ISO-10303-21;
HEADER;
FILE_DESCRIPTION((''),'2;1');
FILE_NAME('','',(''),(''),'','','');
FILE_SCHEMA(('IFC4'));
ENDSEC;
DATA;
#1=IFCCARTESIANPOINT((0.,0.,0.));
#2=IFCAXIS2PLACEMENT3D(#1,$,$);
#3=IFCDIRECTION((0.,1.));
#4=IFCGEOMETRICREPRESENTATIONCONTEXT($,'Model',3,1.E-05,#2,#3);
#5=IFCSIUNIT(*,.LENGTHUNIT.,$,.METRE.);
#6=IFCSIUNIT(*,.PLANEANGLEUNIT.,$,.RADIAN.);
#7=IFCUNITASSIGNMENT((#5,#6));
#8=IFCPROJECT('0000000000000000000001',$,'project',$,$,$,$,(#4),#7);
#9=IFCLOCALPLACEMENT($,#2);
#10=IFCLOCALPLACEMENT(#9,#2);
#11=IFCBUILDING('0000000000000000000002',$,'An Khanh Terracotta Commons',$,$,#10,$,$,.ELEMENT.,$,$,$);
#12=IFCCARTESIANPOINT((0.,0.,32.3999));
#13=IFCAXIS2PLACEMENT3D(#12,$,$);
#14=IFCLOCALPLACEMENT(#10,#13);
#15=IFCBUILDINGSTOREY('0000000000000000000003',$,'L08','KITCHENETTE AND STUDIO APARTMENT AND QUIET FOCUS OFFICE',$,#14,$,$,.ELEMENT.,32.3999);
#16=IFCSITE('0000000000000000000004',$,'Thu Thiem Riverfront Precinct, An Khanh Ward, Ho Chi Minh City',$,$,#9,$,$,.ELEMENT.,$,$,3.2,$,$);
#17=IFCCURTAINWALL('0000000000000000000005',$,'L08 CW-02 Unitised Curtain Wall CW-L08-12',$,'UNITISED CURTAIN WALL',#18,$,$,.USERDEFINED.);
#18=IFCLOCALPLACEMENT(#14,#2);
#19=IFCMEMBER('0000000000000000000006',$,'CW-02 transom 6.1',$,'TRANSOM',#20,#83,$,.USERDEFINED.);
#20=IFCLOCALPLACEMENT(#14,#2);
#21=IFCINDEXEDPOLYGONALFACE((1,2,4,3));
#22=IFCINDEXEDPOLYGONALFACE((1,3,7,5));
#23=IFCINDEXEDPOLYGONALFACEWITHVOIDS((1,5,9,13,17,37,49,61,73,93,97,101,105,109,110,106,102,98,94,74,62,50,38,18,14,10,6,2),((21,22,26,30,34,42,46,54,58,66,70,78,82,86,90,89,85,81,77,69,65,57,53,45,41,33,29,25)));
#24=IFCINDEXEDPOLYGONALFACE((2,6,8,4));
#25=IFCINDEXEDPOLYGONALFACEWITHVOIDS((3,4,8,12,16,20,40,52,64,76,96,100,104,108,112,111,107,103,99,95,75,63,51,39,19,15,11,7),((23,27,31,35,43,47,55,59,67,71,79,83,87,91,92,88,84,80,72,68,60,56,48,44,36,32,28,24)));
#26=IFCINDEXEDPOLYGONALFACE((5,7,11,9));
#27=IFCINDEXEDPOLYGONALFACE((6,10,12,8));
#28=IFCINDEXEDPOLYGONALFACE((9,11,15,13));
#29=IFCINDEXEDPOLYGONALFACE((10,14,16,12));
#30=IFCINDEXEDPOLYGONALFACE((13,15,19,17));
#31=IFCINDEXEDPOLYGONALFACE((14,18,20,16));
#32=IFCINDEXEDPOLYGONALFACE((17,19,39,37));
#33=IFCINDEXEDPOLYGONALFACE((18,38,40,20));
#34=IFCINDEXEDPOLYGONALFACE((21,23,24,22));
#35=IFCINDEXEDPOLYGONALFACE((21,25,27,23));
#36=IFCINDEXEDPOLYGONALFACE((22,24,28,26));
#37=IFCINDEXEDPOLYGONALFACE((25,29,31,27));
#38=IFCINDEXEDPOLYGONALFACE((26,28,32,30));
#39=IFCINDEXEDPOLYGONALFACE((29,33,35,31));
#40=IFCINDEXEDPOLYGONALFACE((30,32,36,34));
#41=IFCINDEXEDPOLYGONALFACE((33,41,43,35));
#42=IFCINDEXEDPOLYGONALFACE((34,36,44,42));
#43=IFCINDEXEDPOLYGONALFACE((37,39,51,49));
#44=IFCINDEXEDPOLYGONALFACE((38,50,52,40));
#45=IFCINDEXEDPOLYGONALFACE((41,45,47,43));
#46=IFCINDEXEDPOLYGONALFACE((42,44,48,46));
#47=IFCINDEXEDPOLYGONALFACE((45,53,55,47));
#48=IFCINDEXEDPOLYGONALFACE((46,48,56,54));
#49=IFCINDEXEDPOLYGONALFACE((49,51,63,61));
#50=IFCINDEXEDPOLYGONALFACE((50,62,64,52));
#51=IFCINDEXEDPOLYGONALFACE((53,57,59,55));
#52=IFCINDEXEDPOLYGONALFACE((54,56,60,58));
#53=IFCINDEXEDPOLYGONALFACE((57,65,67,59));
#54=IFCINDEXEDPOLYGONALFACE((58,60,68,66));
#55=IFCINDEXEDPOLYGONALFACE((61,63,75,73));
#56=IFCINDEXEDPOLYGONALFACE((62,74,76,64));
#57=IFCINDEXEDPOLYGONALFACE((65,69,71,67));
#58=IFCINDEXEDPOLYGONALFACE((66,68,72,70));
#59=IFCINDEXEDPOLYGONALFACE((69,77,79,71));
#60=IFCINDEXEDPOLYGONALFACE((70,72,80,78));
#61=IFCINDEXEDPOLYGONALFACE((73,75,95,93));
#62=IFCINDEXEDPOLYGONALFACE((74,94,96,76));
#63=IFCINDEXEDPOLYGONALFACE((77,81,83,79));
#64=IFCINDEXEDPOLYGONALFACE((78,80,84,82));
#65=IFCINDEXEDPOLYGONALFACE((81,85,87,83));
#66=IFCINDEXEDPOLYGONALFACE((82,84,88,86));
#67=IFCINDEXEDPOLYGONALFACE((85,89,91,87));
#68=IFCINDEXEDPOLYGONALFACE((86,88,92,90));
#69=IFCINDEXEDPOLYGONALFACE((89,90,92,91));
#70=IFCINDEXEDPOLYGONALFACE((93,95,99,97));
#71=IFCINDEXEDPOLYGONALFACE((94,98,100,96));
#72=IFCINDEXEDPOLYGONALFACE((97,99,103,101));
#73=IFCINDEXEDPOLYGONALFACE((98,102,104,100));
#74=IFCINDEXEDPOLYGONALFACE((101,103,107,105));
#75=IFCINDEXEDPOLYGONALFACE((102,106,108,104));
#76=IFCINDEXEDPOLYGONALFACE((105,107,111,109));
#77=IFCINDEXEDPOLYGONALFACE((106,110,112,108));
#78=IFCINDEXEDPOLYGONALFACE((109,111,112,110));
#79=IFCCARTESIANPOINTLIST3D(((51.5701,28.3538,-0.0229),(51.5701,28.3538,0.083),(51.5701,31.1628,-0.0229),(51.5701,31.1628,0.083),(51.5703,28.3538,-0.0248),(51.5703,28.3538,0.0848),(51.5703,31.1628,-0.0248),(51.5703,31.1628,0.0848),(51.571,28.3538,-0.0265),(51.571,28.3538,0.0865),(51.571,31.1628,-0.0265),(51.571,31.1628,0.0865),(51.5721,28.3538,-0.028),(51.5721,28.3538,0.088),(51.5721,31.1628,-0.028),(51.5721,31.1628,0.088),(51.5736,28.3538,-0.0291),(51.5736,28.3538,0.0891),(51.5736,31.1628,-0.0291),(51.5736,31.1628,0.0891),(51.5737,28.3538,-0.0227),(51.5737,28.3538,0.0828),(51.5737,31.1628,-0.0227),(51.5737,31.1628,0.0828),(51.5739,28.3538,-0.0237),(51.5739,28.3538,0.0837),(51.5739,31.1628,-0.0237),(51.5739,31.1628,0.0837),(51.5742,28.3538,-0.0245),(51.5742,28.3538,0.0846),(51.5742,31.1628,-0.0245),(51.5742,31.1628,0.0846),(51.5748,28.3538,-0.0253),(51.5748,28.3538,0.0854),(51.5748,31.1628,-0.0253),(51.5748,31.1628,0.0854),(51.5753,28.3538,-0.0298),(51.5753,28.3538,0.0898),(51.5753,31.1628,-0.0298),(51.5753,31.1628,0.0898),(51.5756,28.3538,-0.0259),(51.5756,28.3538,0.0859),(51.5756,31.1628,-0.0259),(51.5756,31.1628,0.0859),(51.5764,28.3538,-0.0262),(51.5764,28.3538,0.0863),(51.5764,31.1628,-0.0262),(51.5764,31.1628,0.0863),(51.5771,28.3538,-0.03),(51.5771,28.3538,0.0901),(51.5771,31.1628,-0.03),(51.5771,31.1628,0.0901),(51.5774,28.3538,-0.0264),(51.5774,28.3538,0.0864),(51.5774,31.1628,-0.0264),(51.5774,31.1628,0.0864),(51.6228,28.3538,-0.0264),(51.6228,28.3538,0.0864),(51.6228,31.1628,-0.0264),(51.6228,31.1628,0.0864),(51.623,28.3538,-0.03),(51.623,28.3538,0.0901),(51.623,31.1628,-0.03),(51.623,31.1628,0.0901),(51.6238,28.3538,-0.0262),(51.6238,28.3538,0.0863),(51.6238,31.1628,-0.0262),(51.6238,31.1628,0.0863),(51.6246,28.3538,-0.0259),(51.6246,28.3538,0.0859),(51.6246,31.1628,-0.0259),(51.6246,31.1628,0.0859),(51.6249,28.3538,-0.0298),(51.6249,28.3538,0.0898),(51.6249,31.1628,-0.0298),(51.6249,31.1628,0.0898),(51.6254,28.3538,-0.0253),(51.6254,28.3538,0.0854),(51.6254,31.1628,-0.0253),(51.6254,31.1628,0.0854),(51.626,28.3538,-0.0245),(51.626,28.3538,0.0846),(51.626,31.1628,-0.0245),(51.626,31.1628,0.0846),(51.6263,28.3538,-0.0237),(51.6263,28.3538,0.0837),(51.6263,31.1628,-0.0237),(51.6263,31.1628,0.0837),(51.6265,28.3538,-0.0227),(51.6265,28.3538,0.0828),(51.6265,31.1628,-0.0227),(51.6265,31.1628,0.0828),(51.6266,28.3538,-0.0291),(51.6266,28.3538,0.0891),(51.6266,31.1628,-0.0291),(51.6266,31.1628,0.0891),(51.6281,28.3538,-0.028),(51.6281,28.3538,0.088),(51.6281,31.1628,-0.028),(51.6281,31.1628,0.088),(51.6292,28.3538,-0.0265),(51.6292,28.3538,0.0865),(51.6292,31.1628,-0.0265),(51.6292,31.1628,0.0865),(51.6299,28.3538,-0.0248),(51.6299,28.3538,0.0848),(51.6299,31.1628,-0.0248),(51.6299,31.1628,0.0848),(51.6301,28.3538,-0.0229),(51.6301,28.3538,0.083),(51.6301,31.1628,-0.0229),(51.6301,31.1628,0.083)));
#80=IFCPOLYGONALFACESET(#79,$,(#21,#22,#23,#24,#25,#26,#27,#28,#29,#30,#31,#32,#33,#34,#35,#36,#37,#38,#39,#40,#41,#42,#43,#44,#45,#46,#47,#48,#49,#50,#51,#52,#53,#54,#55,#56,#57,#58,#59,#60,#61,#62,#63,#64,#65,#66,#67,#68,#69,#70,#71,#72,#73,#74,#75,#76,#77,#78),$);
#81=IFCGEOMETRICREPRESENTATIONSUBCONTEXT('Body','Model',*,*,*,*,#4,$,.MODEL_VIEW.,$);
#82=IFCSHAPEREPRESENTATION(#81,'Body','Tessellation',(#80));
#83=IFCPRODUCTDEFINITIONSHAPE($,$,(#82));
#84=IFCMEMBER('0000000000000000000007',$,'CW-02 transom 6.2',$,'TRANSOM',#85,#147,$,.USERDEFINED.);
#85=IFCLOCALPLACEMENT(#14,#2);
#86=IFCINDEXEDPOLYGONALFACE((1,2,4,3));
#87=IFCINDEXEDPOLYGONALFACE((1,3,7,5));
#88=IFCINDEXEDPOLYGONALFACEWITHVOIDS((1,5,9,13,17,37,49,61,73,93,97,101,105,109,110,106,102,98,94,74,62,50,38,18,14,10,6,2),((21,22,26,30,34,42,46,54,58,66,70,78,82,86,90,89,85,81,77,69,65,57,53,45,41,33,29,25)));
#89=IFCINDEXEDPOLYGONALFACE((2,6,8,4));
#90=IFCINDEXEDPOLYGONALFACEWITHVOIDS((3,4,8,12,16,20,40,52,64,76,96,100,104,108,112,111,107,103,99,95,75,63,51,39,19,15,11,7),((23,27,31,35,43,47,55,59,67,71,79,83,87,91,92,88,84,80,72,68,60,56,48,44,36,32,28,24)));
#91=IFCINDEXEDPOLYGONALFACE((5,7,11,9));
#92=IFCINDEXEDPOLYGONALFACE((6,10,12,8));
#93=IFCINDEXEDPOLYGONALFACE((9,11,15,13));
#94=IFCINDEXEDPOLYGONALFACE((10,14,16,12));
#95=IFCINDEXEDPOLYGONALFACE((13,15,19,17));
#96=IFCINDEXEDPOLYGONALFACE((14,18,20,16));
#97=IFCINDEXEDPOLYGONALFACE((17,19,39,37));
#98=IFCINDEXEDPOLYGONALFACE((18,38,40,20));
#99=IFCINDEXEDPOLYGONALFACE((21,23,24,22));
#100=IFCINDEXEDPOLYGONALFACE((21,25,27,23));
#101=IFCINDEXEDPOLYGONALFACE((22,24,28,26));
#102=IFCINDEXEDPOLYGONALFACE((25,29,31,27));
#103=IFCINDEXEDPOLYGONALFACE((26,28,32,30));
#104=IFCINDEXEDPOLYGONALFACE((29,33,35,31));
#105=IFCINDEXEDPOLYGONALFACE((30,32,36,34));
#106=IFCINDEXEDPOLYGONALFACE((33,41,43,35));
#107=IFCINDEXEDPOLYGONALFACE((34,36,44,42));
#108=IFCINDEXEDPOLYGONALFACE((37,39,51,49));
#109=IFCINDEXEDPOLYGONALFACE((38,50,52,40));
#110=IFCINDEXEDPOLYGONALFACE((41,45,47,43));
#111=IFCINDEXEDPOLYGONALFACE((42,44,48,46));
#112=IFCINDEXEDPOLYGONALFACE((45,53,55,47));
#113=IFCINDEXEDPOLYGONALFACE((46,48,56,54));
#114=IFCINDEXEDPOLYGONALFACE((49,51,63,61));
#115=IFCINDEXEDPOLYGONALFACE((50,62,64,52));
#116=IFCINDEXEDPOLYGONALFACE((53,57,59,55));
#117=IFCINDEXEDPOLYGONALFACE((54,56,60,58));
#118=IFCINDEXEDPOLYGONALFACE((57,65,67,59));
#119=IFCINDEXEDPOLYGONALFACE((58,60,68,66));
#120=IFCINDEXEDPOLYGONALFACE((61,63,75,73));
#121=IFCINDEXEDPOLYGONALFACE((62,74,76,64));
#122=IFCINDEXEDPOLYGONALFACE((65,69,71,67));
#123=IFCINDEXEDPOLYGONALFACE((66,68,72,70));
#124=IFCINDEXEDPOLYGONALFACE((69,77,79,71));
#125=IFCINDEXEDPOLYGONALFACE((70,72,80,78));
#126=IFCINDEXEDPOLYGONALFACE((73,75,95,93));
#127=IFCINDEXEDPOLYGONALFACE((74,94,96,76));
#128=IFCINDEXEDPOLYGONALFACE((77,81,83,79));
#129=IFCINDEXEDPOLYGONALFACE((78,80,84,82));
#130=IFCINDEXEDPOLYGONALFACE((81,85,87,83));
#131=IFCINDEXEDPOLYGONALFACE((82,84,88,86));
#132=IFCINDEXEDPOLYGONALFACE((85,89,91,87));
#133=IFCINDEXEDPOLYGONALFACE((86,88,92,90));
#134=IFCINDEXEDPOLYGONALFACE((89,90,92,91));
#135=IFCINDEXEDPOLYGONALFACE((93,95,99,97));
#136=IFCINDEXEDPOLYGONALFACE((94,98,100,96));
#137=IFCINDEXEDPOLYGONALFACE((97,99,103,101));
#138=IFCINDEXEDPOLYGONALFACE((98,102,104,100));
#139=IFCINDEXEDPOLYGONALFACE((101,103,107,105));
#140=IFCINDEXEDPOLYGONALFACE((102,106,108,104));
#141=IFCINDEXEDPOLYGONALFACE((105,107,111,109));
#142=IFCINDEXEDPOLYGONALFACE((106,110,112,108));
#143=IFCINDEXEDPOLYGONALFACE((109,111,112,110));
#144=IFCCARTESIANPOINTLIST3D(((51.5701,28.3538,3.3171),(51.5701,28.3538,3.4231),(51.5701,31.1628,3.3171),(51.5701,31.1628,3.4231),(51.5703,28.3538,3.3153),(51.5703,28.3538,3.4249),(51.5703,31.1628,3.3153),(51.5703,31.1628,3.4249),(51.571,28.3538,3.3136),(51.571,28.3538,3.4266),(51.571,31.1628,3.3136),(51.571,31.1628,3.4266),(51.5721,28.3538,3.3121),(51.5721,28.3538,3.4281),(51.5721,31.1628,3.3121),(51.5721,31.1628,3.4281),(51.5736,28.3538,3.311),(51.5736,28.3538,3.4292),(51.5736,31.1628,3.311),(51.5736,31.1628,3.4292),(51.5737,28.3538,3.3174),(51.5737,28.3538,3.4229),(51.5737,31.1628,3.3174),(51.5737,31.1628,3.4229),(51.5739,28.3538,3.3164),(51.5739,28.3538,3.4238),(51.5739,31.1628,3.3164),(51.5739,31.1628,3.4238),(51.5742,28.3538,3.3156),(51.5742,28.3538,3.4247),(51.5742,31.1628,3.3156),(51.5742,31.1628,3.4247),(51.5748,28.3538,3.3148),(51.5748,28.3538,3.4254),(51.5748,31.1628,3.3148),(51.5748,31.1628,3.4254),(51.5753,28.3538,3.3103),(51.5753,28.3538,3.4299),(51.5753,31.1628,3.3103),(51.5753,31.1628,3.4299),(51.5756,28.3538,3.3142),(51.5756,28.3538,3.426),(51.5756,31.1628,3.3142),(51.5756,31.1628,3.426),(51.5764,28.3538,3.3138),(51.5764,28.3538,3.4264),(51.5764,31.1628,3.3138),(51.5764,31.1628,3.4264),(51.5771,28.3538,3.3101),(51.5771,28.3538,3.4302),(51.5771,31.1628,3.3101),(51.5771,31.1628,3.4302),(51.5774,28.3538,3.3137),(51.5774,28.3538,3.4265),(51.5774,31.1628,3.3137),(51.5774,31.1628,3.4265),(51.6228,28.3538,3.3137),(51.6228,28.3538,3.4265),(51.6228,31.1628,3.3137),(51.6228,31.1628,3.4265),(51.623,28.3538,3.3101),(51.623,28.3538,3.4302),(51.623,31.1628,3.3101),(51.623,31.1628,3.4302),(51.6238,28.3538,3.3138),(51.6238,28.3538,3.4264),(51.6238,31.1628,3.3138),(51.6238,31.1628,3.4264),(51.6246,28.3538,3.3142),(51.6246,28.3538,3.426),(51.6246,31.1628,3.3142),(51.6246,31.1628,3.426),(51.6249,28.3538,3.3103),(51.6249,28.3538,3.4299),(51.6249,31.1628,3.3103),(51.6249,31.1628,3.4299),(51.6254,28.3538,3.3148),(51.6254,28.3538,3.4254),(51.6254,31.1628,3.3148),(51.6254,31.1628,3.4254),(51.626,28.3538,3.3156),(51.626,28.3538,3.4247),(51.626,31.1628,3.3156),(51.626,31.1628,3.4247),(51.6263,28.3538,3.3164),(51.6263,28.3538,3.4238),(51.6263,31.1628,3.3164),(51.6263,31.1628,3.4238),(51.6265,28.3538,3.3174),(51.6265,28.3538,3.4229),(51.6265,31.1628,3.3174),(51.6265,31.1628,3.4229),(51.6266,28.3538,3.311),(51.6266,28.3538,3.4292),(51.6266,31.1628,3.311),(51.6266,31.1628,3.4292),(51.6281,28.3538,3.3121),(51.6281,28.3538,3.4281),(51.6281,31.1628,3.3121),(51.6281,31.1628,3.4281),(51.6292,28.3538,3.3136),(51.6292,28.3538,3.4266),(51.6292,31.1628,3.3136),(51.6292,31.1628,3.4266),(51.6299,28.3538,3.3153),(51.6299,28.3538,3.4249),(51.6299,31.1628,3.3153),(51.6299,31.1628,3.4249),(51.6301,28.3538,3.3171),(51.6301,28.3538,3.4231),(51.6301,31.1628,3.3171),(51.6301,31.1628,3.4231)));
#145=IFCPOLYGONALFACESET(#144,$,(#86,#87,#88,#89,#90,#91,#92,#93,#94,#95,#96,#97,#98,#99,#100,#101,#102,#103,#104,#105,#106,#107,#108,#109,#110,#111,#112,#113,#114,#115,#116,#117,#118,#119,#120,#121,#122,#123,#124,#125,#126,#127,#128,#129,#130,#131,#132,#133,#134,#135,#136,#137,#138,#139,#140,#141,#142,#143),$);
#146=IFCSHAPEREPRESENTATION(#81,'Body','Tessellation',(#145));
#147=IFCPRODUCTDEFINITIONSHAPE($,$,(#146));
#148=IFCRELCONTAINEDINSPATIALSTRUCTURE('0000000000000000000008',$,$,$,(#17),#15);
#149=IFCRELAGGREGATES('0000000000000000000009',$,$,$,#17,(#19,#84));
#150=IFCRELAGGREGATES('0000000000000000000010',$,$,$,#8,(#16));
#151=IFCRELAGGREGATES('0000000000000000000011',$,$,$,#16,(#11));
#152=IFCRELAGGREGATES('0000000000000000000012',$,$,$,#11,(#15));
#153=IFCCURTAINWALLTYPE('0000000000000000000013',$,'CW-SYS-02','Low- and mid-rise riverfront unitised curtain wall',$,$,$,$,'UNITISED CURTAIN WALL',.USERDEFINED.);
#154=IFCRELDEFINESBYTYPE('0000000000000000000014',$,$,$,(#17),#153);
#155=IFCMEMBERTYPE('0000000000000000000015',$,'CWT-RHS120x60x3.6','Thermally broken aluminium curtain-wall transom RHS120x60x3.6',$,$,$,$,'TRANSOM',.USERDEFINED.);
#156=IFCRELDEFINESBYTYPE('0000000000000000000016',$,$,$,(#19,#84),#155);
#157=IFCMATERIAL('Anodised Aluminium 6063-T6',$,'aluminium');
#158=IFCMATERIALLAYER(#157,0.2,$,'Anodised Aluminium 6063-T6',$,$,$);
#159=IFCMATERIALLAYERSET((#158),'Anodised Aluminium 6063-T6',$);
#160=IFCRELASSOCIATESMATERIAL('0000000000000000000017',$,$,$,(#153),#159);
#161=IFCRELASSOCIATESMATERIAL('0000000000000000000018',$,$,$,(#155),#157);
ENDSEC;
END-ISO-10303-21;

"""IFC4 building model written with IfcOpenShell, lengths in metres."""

from ifc_helpers import new_model, si_unit, direction, frame, origin, origin_2d, place, context, subcontext, project, spatial, hollow_rectangle, extrude, material, layer, layer_set, material_profile, profile_set, type_object, element, aggregate, save


model = new_model("IFC4")

# Units and contexts
model_context = context("Model", 3, precision=1e-05, world=origin(), true_north=direction((0.0, 1.0)))
body_context = subcontext(model_context, "Body", "Model", "MODEL_VIEW")
ifc_project = project(units=[si_unit("LENGTHUNIT", "METRE"), si_unit("PLANEANGLEUNIT", "RADIAN")], contexts=[model_context])

# Site, building, storey
site_placement = place(None, origin())
site = spatial("IfcSite", under=ifc_project, at=site_placement, Name="Thu Thiem Riverfront Precinct, An Khanh Ward, Ho Chi Minh City", CompositionType="ELEMENT", RefElevation=3.2)
building_placement = place(site_placement, origin())
building = spatial("IfcBuilding", under=site, at=building_placement, Name="An Khanh Terracotta Commons", CompositionType="ELEMENT")
storey_placement = place(building_placement, frame((0.0, 0.0, 32.3999)))
storey = spatial("IfcBuildingStorey", under=building, at=storey_placement, Name="L08", Description="KITCHENETTE AND STUDIO APARTMENT AND QUIET FOCUS OFFICE", CompositionType="ELEMENT", Elevation=32.3999)

# Curtain wall, members
ifc_material_1 = material(Name="Anodised Aluminium 6063-T6", Category="aluminium")
ifc_layer_1 = layer(ifc_material_1, 0.2, Name="Anodised Aluminium 6063-T6")
ifc_layer_set_1 = layer_set([ifc_layer_1], Name="Anodised Aluminium 6063-T6")
curtain_wall_type = type_object("IfcCurtainWallType", Name="CW-SYS-02", Description="Low- and mid-rise riverfront unitised curtain wall", ElementType="UNITISED CURTAIN WALL", PredefinedType="USERDEFINED", material=ifc_layer_set_1)
curtain_wall_placement = place(storey_placement, origin())
curtain_wall = element("IfcCurtainWall", 1, at=curtain_wall_placement, inside=storey, type_object=curtain_wall_type, Name="L08 CW-02 Unitised Curtain Wall CW-L08-12", ObjectType="UNITISED CURTAIN WALL", PredefinedType="USERDEFINED")
ifc_material_profile_1 = material_profile(ifc_material_1, hollow_rectangle(XDim=0.0601, YDim=0.1201, WallThickness=0.0037, InnerFilletRadius=0.0037, OuterFilletRadius=0.0071, at=origin_2d()), Name="RHS120x60x3.6")
ifc_profile_set_1 = profile_set([ifc_material_profile_1], Name="Anodised Aluminium 6063-T6")
member_type_1 = type_object("IfcMemberType", Name="CWT-RHS120x60x3.6", Description="Thermally broken aluminium curtain-wall transom RHS120x60x3.6", ElementType="TRANSOM", PredefinedType="USERDEFINED", material=ifc_profile_set_1)
member_1_placement = place(storey_placement, frame((51.6001, 28.3538, 0.03), z_axis=(0.0, 1.0, 0.0), x_axis=(-1.0, 0.0, 0.0)))
member_1 = element("IfcMember", 2, at=member_1_placement, type_object=member_type_1, Name="CW-02 transom 6.1", ObjectType="TRANSOM", PredefinedType="USERDEFINED", context=body_context, shape_type="SweptSolid", body=[
    extrude(hollow_rectangle(XDim=0.0601, YDim=0.1201, WallThickness=0.0037, InnerFilletRadius=0.0037, OuterFilletRadius=0.0071, at=origin_2d()), origin(), (0.0, 0.0, 1.0), 2.8091),
])
member_2_placement = place(storey_placement, frame((51.6001, 28.3538, 3.3701), z_axis=(0.0, 1.0, 0.0), x_axis=(-1.0, 0.0, 0.0)))
member_2 = element("IfcMember", 3, at=member_2_placement, type_object=member_type_1, Name="CW-02 transom 6.2", ObjectType="TRANSOM", PredefinedType="USERDEFINED", context=body_context, shape_type="SweptSolid", body=[
    extrude(hollow_rectangle(XDim=0.0601, YDim=0.1201, WallThickness=0.0037, InnerFilletRadius=0.0037, OuterFilletRadius=0.0071, at=origin_2d()), origin(), (0.0, 0.0, 1.0), 2.8091),
])
aggregate(curtain_wall, [member_1, member_2])

save(model, "model.ifc")
